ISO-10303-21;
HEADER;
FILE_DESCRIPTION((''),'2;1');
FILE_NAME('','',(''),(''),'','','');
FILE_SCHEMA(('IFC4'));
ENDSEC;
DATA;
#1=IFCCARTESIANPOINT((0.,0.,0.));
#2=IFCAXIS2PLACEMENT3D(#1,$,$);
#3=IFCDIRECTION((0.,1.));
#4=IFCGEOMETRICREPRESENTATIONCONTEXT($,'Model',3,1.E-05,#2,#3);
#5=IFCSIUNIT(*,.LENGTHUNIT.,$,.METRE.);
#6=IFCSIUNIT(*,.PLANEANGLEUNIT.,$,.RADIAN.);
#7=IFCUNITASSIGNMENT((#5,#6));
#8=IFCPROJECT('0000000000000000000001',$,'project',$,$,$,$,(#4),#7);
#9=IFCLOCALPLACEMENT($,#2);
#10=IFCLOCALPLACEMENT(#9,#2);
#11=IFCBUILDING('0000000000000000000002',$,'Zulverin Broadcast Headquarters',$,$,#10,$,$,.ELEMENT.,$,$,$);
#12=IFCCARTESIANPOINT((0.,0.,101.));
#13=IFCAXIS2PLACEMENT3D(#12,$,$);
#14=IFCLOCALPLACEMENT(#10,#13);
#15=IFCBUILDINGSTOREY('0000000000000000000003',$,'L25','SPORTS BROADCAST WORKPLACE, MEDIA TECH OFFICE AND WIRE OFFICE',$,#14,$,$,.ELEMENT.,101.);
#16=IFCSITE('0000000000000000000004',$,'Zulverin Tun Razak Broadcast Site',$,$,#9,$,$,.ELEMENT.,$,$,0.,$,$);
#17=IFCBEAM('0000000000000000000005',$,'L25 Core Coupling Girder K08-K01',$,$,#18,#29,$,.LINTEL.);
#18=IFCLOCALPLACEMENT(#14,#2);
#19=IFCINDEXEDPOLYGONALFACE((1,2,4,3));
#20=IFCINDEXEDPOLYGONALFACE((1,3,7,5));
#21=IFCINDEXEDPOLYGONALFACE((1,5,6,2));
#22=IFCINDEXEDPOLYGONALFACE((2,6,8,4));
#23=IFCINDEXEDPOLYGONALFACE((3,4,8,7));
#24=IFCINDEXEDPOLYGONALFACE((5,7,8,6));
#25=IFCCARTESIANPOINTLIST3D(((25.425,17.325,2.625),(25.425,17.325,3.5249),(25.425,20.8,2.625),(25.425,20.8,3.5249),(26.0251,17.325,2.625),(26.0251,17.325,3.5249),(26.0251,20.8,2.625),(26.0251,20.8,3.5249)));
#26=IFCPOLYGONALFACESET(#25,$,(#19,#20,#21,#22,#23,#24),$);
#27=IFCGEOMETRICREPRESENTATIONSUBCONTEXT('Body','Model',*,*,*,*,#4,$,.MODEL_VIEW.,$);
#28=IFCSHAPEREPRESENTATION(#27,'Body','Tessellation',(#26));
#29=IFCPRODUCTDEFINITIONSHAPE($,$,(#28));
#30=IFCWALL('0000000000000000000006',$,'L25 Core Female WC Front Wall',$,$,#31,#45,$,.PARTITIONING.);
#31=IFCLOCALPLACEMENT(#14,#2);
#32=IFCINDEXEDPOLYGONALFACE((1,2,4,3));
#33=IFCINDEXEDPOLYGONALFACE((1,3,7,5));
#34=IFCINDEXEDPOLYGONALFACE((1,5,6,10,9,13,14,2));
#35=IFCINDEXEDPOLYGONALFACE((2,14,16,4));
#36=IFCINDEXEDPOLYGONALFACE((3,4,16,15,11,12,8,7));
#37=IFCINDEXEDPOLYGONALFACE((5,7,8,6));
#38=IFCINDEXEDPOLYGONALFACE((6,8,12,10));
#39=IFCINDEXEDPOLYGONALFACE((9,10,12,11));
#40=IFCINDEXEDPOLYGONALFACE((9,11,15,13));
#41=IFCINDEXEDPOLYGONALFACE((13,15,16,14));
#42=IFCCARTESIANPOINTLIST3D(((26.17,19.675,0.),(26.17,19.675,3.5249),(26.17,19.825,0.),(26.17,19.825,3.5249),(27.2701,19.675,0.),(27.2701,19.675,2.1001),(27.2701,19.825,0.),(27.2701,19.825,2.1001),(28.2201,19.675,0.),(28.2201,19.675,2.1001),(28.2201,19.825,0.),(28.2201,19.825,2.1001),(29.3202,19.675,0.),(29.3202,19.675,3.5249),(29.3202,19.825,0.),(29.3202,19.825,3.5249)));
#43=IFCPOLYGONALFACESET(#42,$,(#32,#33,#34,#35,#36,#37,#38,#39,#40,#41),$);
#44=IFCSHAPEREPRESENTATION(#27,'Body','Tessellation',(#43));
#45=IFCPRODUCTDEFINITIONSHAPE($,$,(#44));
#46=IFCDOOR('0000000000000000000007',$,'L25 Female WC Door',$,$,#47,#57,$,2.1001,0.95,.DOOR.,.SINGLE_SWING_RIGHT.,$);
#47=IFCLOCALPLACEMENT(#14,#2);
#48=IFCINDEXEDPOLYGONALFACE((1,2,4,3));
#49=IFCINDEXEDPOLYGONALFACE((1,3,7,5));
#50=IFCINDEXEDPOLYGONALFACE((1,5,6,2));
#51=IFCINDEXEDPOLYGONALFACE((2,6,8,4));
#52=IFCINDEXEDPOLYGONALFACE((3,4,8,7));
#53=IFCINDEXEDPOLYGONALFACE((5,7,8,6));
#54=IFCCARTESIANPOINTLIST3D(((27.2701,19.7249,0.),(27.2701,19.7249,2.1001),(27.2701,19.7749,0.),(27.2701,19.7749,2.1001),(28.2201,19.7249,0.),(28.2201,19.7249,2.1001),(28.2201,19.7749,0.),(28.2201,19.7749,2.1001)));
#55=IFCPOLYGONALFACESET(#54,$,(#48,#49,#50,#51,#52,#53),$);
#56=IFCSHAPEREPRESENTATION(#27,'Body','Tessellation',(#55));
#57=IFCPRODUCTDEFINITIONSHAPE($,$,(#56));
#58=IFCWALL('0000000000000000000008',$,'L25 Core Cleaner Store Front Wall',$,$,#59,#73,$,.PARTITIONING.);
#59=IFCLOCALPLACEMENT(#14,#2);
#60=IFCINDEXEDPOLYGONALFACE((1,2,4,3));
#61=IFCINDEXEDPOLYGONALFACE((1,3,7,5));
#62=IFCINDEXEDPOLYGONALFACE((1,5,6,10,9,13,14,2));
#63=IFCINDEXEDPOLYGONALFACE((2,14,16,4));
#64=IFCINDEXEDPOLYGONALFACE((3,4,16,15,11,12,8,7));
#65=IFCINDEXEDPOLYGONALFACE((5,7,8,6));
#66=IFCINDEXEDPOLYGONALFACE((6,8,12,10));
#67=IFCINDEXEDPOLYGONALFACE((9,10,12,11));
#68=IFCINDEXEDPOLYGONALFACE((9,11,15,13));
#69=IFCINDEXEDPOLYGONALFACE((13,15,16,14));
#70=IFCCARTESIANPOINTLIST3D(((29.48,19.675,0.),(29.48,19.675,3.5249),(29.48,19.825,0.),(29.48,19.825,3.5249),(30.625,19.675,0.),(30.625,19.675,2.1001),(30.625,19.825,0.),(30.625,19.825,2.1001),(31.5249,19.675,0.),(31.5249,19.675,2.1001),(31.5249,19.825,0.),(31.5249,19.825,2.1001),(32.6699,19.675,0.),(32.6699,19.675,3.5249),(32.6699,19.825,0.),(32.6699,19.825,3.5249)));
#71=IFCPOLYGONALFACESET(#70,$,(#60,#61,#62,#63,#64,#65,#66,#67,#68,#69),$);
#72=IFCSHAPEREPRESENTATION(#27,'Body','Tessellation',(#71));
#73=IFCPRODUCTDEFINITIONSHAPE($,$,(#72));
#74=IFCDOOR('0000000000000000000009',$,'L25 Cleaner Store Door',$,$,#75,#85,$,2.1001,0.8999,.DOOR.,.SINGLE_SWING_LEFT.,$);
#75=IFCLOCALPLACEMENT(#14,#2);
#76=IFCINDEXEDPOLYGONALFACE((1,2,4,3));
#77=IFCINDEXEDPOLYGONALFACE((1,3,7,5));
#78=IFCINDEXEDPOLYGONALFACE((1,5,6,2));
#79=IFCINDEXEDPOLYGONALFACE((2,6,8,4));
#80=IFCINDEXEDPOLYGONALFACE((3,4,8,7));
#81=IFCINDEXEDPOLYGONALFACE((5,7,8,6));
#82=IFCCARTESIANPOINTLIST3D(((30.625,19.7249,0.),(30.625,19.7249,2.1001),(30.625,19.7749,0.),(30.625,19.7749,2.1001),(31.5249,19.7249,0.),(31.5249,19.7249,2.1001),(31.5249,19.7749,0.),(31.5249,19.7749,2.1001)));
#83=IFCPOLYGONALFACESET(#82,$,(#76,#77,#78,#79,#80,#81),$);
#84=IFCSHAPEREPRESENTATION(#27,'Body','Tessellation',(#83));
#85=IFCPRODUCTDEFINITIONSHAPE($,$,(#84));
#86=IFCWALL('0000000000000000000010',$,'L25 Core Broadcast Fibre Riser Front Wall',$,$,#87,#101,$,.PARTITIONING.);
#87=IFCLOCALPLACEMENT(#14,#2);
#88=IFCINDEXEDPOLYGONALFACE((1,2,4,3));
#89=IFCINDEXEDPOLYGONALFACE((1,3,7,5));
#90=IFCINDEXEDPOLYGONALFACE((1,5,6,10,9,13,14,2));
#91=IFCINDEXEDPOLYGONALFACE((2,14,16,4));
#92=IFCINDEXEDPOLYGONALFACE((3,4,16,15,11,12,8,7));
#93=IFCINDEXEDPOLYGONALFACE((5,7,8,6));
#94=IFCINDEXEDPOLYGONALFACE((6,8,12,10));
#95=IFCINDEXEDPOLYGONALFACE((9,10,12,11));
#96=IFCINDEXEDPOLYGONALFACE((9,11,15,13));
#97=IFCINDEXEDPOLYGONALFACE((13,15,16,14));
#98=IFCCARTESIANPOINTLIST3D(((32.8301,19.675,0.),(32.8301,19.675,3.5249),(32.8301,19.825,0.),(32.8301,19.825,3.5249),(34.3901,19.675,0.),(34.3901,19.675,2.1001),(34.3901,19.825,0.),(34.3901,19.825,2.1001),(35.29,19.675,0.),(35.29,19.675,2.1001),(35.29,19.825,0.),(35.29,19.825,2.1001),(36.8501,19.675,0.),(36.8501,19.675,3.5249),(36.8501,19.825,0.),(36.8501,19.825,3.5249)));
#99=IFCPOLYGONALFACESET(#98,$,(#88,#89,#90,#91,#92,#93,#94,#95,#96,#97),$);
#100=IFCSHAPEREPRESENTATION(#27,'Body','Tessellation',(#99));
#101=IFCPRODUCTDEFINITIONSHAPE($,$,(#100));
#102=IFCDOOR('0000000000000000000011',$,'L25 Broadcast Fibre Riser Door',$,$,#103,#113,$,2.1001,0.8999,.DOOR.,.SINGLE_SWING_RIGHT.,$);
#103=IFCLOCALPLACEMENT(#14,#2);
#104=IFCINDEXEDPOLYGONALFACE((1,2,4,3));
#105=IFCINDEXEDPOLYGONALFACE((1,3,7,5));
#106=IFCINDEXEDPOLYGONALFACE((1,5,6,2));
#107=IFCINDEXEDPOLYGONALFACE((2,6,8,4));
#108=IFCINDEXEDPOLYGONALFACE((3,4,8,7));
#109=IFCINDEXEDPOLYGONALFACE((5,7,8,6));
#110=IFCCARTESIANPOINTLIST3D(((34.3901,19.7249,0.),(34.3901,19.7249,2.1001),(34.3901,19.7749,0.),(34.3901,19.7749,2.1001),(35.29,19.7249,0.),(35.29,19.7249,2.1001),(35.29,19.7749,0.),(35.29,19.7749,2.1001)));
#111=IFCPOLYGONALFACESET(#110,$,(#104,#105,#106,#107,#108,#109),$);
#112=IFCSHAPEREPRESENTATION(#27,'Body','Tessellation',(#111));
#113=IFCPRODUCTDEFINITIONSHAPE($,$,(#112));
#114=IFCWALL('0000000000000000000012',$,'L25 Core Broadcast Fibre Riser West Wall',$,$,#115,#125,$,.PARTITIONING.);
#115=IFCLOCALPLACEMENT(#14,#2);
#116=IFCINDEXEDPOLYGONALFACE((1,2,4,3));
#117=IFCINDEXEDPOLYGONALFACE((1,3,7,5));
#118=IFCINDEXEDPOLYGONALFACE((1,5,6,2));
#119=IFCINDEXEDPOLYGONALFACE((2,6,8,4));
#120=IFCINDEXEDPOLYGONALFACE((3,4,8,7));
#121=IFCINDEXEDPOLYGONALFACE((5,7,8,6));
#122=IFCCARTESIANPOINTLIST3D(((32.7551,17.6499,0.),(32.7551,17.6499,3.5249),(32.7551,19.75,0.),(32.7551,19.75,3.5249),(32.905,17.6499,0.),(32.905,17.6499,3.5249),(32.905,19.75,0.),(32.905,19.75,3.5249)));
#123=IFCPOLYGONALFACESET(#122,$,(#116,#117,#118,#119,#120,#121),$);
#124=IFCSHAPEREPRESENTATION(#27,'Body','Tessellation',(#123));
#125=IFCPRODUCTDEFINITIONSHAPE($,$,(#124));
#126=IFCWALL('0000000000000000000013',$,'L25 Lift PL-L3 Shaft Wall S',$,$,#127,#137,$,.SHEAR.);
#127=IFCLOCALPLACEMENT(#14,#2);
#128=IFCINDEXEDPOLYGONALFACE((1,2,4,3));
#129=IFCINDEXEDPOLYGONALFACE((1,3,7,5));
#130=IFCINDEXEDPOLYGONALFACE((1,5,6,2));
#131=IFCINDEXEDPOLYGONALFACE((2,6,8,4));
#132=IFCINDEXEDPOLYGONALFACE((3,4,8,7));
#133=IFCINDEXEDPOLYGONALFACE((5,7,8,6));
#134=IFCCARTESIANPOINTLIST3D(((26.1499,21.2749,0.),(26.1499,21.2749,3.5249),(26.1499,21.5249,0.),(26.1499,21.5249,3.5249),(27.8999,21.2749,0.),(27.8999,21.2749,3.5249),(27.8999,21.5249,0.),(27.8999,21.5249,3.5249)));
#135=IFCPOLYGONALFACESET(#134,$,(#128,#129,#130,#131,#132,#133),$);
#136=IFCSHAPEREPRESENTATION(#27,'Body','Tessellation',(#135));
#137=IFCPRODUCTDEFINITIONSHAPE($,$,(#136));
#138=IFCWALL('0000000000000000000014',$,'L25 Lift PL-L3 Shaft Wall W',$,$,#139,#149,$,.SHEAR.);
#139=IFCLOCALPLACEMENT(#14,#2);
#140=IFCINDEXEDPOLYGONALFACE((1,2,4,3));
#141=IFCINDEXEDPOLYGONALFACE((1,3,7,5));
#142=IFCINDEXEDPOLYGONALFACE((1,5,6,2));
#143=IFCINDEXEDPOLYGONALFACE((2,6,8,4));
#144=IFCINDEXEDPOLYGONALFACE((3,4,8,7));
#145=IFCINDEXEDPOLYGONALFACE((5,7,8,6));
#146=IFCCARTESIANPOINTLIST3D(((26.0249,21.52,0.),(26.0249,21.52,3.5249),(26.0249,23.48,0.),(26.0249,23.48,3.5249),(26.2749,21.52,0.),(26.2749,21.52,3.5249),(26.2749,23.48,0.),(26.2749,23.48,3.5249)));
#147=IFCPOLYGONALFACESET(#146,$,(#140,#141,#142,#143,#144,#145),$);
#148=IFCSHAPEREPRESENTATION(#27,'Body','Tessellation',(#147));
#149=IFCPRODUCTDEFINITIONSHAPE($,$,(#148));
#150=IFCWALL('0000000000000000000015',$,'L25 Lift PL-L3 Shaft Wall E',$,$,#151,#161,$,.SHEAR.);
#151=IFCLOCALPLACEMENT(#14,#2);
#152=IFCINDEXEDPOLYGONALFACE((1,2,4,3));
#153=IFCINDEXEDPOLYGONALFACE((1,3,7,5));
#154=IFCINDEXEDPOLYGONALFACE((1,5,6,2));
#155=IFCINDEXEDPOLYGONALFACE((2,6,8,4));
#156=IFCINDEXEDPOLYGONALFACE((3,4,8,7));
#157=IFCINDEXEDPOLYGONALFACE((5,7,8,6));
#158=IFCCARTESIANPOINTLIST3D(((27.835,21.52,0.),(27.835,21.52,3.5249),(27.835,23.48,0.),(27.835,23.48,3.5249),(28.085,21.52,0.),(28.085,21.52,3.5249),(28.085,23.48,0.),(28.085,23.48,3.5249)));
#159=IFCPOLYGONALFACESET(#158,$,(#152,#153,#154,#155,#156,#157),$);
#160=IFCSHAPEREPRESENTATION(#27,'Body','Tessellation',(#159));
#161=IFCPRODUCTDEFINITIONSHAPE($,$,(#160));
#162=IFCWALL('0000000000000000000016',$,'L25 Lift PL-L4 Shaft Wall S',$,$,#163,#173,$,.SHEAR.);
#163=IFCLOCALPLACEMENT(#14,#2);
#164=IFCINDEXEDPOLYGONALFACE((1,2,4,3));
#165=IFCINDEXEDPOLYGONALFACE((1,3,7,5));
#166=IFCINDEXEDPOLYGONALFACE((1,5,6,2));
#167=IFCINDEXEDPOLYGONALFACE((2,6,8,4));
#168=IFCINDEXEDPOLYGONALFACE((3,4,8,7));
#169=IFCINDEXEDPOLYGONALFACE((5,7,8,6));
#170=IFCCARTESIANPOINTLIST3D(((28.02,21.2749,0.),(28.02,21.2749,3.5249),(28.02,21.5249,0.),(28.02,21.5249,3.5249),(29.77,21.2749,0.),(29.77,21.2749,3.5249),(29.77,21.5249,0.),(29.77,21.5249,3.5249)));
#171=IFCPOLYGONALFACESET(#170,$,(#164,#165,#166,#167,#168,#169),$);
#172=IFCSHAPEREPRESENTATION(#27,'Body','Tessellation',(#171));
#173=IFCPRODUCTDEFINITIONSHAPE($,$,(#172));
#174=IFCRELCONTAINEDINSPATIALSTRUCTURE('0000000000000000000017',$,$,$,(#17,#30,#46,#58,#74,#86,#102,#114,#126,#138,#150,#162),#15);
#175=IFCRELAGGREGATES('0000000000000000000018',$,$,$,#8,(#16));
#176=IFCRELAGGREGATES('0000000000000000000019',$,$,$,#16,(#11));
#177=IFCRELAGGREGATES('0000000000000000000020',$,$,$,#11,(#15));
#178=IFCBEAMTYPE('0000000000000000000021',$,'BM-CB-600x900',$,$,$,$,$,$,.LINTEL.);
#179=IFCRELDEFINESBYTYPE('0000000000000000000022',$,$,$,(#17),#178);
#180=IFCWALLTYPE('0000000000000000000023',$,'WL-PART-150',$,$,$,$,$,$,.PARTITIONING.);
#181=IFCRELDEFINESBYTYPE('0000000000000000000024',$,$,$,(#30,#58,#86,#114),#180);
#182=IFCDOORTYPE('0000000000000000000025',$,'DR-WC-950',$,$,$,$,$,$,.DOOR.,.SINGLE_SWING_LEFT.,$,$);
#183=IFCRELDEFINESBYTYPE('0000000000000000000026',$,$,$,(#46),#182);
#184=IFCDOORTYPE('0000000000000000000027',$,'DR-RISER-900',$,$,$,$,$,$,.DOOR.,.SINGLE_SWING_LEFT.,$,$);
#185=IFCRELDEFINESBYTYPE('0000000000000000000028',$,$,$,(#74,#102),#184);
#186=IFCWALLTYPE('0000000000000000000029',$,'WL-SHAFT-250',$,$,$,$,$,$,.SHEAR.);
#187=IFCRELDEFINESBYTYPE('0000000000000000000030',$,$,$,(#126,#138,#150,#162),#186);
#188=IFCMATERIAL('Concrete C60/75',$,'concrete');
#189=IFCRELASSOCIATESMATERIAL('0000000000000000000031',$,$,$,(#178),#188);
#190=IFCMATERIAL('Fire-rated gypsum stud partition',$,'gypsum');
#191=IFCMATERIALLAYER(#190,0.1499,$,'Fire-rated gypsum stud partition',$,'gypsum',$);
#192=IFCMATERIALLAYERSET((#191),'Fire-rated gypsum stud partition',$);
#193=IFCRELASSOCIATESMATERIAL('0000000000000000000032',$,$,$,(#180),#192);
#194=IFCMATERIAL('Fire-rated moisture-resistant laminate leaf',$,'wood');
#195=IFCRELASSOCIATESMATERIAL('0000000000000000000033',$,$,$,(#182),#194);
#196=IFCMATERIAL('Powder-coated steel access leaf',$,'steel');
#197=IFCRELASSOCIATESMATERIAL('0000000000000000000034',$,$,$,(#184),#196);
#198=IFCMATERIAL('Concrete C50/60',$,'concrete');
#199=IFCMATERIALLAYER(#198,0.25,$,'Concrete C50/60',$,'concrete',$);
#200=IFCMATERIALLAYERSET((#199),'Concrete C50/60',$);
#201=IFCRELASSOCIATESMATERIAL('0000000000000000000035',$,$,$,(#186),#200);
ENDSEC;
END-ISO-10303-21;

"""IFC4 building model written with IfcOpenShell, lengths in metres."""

from ifc_helpers import new_model, si_unit, direction, frame, frame_2d, origin, origin_2d, place, context, subcontext, project, spatial, rectangle, extrude, material, layer, layer_set, material_profile, profile_set, type_object, element, fill, save


model = new_model("IFC4")

# Units and contexts
model_context = context("Model", 3, precision=1e-05, world=origin(), true_north=direction((0.0, 1.0)))
body_context = subcontext(model_context, "Body", "Model", "MODEL_VIEW")
ifc_project = project(units=[si_unit("LENGTHUNIT", "METRE"), si_unit("PLANEANGLEUNIT", "RADIAN")], contexts=[model_context])

# Site, building, storey
site_placement = place(None, origin())
site = spatial("IfcSite", under=ifc_project, at=site_placement, Name="Zulverin Tun Razak Broadcast Site", CompositionType="ELEMENT", RefElevation=0.0)
building_placement = place(site_placement, origin())
building = spatial("IfcBuilding", under=site, at=building_placement, Name="Zulverin Broadcast Headquarters", CompositionType="ELEMENT")
storey_placement = place(building_placement, frame((0.0, 0.0, 101.0)))
storey = spatial("IfcBuildingStorey", under=building, at=storey_placement, Name="L25", Description="SPORTS BROADCAST WORKPLACE, MEDIA TECH OFFICE AND WIRE OFFICE", CompositionType="ELEMENT", Elevation=101.0)

# Beam
ifc_material_1 = material(Name="Concrete C60/75", Category="concrete")
ifc_material_profile = material_profile(ifc_material_1, rectangle(XDim=0.6001, YDim=0.8999, at=origin_2d()), Name="Concrete C60/75", Category="concrete")
ifc_profile_set = profile_set([ifc_material_profile], Name="Concrete C60/75")
beam_type = type_object("IfcBeamType", Name="BM-CB-600x900", PredefinedType="LINTEL", material=ifc_profile_set)
beam_placement = place(storey_placement, frame((25.7251, 20.8, 3.075), z_axis=(0.0, -1.0, 0.0), x_axis=(1.0, 0.0, 0.0)))
element("IfcBeam", 1, at=beam_placement, inside=storey, type_object=beam_type, Name="L25 Core Coupling Girder K08-K01", PredefinedType="LINTEL", context=body_context, shape_type="SweptSolid", body=[
    extrude(rectangle(XDim=0.6001, YDim=0.8999, at=origin_2d()), origin(), (0.0, 0.0, 1.0), 3.4751),
])

# Walls, openings, doors
ifc_material_2 = material(Name="Fire-rated gypsum stud partition", Category="gypsum")
ifc_layer_1 = layer(ifc_material_2, 0.1499, Name="Fire-rated gypsum stud partition", Category="gypsum")
ifc_layer_set_1 = layer_set([ifc_layer_1], Name="Fire-rated gypsum stud partition")
wall_type_1 = type_object("IfcWallType", Name="WL-PART-150", PredefinedType="PARTITIONING", material=ifc_layer_set_1)
wall_1_placement = place(storey_placement, frame((26.1699, 19.75, 0.0), z_axis=(0.0, 0.0, 1.0), x_axis=(1.0, 0.0, 0.0)))
wall_1 = element("IfcWall", 2, at=wall_1_placement, inside=storey, type_object=wall_type_1, Name="L25 Core Female WC Front Wall", PredefinedType="PARTITIONING", context=body_context, shape_type="SweptSolid", body=[
    extrude(rectangle(XDim=3.1501, YDim=0.1499, at=frame_2d((1.5752, 0.0))), origin(), (0.0, 0.0, 1.0), 3.5249),
])
opening_1_placement = place(wall_1_placement, frame((1.1001, 0.0, 0.0)))
opening_1 = element("IfcOpeningElement", 3, at=opening_1_placement, cuts=wall_1, PredefinedType="OPENING", context=body_context, shape_type="SweptSolid", body=[
    extrude(rectangle(XDim=0.95, YDim=2.1001, at=frame_2d((0.4751, 1.05))), frame((0.0, 0.085, 0.0), z_axis=(0.0, -1.0, 0.0), x_axis=(1.0, 0.0, 0.0)), (0.0, 0.0, 1.0), 0.1699),
])
ifc_material_3 = material(Name="Fire-rated moisture-resistant laminate leaf", Category="wood")
door_type_1 = type_object("IfcDoorType", Name="DR-WC-950", OperationType="SINGLE_SWING_LEFT", PredefinedType="DOOR", material=ifc_material_3)
door_1_placement = place(opening_1_placement, origin())
door_1 = element("IfcDoor", 4, at=door_1_placement, inside=storey, type_object=door_type_1, Name="L25 Female WC Door", OperationType="SINGLE_SWING_RIGHT", OverallHeight=2.1001, OverallWidth=0.95, PredefinedType="DOOR", context=body_context, shape_type="SweptSolid", body=[
    extrude(rectangle(XDim=0.95, YDim=2.1001, at=frame_2d((0.4751, 1.05))), frame((0.0, 0.0249, 0.0), z_axis=(0.0, -1.0, 0.0), x_axis=(1.0, 0.0, 0.0)), (0.0, 0.0, 1.0), 0.05),
])
fill(opening_1, door_1)
wall_2_placement = place(storey_placement, frame((29.48, 19.75, 0.0), z_axis=(0.0, 0.0, 1.0), x_axis=(1.0, 0.0, 0.0)))
wall_2 = element("IfcWall", 5, at=wall_2_placement, inside=storey, type_object=wall_type_1, Name="L25 Core Cleaner Store Front Wall", PredefinedType="PARTITIONING", context=body_context, shape_type="SweptSolid", body=[
    extrude(rectangle(XDim=3.1899, YDim=0.1499, at=frame_2d((1.595, 0.0))), origin(), (0.0, 0.0, 1.0), 3.5249),
])
opening_2_placement = place(wall_2_placement, frame((1.145, 0.0, 0.0)))
opening_2 = element("IfcOpeningElement", 6, at=opening_2_placement, cuts=wall_2, PredefinedType="OPENING", context=body_context, shape_type="SweptSolid", body=[
    extrude(rectangle(XDim=0.8999, YDim=2.1001, at=frame_2d((0.45, 1.05))), frame((0.0, 0.085, 0.0), z_axis=(0.0, -1.0, 0.0), x_axis=(1.0, 0.0, 0.0)), (0.0, 0.0, 1.0), 0.1699),
])
ifc_material_4 = material(Name="Powder-coated steel access leaf", Category="steel")
door_type_2 = type_object("IfcDoorType", Name="DR-RISER-900", OperationType="SINGLE_SWING_LEFT", PredefinedType="DOOR", material=ifc_material_4)
door_2_placement = place(opening_2_placement, origin())
door_2 = element("IfcDoor", 7, at=door_2_placement, inside=storey, type_object=door_type_2, Name="L25 Cleaner Store Door", OperationType="SINGLE_SWING_LEFT", OverallHeight=2.1001, OverallWidth=0.8999, PredefinedType="DOOR", context=body_context, shape_type="SweptSolid", body=[
    extrude(rectangle(XDim=0.8999, YDim=2.1001, at=frame_2d((0.45, 1.05))), frame((0.0, 0.0249, 0.0), z_axis=(0.0, -1.0, 0.0), x_axis=(1.0, 0.0, 0.0)), (0.0, 0.0, 1.0), 0.05),
])
fill(opening_2, door_2)
wall_3_placement = place(storey_placement, frame((32.8301, 19.75, 0.0), z_axis=(0.0, 0.0, 1.0), x_axis=(1.0, 0.0, 0.0)))
wall_3 = element("IfcWall", 8, at=wall_3_placement, inside=storey, type_object=wall_type_1, Name="L25 Core Broadcast Fibre Riser Front Wall", PredefinedType="PARTITIONING", context=body_context, shape_type="SweptSolid", body=[
    extrude(rectangle(XDim=4.02, YDim=0.1499, at=frame_2d((2.01, 0.0))), origin(), (0.0, 0.0, 1.0), 3.5249),
])
opening_3_placement = place(wall_3_placement, frame((1.5601, 0.0, 0.0)))
opening_3 = element("IfcOpeningElement", 9, at=opening_3_placement, cuts=wall_3, PredefinedType="OPENING", context=body_context, shape_type="SweptSolid", body=[
    extrude(rectangle(XDim=0.8999, YDim=2.1001, at=frame_2d((0.45, 1.05))), frame((0.0, 0.085, 0.0), z_axis=(0.0, -1.0, 0.0), x_axis=(1.0, 0.0, 0.0)), (0.0, 0.0, 1.0), 0.1699),
])
door_3_placement = place(opening_3_placement, origin())
door_3 = element("IfcDoor", 10, at=door_3_placement, inside=storey, type_object=door_type_2, Name="L25 Broadcast Fibre Riser Door", OperationType="SINGLE_SWING_RIGHT", OverallHeight=2.1001, OverallWidth=0.8999, PredefinedType="DOOR", context=body_context, shape_type="SweptSolid", body=[
    extrude(rectangle(XDim=0.8999, YDim=2.1001, at=frame_2d((0.45, 1.05))), frame((0.0, 0.0249, 0.0), z_axis=(0.0, -1.0, 0.0), x_axis=(1.0, 0.0, 0.0)), (0.0, 0.0, 1.0), 0.05),
])
fill(opening_3, door_3)

# Walls
wall_4_placement = place(storey_placement, frame((32.8301, 17.6499, 0.0), z_axis=(0.0, 0.0, 1.0), x_axis=(0.0, 1.0, 0.0)))
element("IfcWall", 11, at=wall_4_placement, inside=storey, type_object=wall_type_1, Name="L25 Core Broadcast Fibre Riser West Wall", PredefinedType="PARTITIONING", context=body_context, shape_type="SweptSolid", body=[
    extrude(rectangle(XDim=2.1001, YDim=0.1499, at=frame_2d((1.05, 0.0))), origin(), (0.0, 0.0, 1.0), 3.5249),
])
ifc_material_5 = material(Name="Concrete C50/60", Category="concrete")
ifc_layer_2 = layer(ifc_material_5, 0.25, Name="Concrete C50/60", Category="concrete")
ifc_layer_set_2 = layer_set([ifc_layer_2], Name="Concrete C50/60")
wall_type_2 = type_object("IfcWallType", Name="WL-SHAFT-250", PredefinedType="SHEAR", material=ifc_layer_set_2)
wall_5_placement = place(storey_placement, frame((26.1499, 21.3999, 0.0), z_axis=(0.0, 0.0, 1.0), x_axis=(1.0, 0.0, 0.0)))
element("IfcWall", 12, at=wall_5_placement, inside=storey, type_object=wall_type_2, Name="L25 Lift PL-L3 Shaft Wall S", PredefinedType="SHEAR", context=body_context, shape_type="SweptSolid", body=[
    extrude(rectangle(XDim=1.75, YDim=0.25, at=frame_2d((0.875, 0.0))), origin(), (0.0, 0.0, 1.0), 3.5249),
])

# Walls
for number, where, z_axis, x_axis, name in (
    (13, (26.1499, 21.52, 0.0), (0.0, 0.0, 1.0), (0.0, 1.0, 0.0), "L25 Lift PL-L3 Shaft Wall W"),
    (14, (27.96, 21.52, 0.0), (0.0, 0.0, 1.0), (0.0, 1.0, 0.0), "L25 Lift PL-L3 Shaft Wall E"),
):
    element("IfcWall", number, at=place(storey_placement, frame(where, z_axis=z_axis, x_axis=x_axis)), inside=storey, type_object=wall_type_2, Name=name, PredefinedType="SHEAR", context=body_context, shape_type="SweptSolid", body=[
        extrude(rectangle(XDim=1.96, YDim=0.25, at=frame_2d((0.98, 0.0))), origin(), (0.0, 0.0, 1.0), 3.5249),
    ])
wall_6_placement = place(storey_placement, frame((28.02, 21.3999, 0.0), z_axis=(0.0, 0.0, 1.0), x_axis=(1.0, 0.0, 0.0)))
element("IfcWall", 15, at=wall_6_placement, inside=storey, type_object=wall_type_2, Name="L25 Lift PL-L4 Shaft Wall S", PredefinedType="SHEAR", context=body_context, shape_type="SweptSolid", body=[
    extrude(rectangle(XDim=1.75, YDim=0.25, at=frame_2d((0.875, 0.0))), origin(), (0.0, 0.0, 1.0), 3.5249),
])

save(model, "model.ifc")
